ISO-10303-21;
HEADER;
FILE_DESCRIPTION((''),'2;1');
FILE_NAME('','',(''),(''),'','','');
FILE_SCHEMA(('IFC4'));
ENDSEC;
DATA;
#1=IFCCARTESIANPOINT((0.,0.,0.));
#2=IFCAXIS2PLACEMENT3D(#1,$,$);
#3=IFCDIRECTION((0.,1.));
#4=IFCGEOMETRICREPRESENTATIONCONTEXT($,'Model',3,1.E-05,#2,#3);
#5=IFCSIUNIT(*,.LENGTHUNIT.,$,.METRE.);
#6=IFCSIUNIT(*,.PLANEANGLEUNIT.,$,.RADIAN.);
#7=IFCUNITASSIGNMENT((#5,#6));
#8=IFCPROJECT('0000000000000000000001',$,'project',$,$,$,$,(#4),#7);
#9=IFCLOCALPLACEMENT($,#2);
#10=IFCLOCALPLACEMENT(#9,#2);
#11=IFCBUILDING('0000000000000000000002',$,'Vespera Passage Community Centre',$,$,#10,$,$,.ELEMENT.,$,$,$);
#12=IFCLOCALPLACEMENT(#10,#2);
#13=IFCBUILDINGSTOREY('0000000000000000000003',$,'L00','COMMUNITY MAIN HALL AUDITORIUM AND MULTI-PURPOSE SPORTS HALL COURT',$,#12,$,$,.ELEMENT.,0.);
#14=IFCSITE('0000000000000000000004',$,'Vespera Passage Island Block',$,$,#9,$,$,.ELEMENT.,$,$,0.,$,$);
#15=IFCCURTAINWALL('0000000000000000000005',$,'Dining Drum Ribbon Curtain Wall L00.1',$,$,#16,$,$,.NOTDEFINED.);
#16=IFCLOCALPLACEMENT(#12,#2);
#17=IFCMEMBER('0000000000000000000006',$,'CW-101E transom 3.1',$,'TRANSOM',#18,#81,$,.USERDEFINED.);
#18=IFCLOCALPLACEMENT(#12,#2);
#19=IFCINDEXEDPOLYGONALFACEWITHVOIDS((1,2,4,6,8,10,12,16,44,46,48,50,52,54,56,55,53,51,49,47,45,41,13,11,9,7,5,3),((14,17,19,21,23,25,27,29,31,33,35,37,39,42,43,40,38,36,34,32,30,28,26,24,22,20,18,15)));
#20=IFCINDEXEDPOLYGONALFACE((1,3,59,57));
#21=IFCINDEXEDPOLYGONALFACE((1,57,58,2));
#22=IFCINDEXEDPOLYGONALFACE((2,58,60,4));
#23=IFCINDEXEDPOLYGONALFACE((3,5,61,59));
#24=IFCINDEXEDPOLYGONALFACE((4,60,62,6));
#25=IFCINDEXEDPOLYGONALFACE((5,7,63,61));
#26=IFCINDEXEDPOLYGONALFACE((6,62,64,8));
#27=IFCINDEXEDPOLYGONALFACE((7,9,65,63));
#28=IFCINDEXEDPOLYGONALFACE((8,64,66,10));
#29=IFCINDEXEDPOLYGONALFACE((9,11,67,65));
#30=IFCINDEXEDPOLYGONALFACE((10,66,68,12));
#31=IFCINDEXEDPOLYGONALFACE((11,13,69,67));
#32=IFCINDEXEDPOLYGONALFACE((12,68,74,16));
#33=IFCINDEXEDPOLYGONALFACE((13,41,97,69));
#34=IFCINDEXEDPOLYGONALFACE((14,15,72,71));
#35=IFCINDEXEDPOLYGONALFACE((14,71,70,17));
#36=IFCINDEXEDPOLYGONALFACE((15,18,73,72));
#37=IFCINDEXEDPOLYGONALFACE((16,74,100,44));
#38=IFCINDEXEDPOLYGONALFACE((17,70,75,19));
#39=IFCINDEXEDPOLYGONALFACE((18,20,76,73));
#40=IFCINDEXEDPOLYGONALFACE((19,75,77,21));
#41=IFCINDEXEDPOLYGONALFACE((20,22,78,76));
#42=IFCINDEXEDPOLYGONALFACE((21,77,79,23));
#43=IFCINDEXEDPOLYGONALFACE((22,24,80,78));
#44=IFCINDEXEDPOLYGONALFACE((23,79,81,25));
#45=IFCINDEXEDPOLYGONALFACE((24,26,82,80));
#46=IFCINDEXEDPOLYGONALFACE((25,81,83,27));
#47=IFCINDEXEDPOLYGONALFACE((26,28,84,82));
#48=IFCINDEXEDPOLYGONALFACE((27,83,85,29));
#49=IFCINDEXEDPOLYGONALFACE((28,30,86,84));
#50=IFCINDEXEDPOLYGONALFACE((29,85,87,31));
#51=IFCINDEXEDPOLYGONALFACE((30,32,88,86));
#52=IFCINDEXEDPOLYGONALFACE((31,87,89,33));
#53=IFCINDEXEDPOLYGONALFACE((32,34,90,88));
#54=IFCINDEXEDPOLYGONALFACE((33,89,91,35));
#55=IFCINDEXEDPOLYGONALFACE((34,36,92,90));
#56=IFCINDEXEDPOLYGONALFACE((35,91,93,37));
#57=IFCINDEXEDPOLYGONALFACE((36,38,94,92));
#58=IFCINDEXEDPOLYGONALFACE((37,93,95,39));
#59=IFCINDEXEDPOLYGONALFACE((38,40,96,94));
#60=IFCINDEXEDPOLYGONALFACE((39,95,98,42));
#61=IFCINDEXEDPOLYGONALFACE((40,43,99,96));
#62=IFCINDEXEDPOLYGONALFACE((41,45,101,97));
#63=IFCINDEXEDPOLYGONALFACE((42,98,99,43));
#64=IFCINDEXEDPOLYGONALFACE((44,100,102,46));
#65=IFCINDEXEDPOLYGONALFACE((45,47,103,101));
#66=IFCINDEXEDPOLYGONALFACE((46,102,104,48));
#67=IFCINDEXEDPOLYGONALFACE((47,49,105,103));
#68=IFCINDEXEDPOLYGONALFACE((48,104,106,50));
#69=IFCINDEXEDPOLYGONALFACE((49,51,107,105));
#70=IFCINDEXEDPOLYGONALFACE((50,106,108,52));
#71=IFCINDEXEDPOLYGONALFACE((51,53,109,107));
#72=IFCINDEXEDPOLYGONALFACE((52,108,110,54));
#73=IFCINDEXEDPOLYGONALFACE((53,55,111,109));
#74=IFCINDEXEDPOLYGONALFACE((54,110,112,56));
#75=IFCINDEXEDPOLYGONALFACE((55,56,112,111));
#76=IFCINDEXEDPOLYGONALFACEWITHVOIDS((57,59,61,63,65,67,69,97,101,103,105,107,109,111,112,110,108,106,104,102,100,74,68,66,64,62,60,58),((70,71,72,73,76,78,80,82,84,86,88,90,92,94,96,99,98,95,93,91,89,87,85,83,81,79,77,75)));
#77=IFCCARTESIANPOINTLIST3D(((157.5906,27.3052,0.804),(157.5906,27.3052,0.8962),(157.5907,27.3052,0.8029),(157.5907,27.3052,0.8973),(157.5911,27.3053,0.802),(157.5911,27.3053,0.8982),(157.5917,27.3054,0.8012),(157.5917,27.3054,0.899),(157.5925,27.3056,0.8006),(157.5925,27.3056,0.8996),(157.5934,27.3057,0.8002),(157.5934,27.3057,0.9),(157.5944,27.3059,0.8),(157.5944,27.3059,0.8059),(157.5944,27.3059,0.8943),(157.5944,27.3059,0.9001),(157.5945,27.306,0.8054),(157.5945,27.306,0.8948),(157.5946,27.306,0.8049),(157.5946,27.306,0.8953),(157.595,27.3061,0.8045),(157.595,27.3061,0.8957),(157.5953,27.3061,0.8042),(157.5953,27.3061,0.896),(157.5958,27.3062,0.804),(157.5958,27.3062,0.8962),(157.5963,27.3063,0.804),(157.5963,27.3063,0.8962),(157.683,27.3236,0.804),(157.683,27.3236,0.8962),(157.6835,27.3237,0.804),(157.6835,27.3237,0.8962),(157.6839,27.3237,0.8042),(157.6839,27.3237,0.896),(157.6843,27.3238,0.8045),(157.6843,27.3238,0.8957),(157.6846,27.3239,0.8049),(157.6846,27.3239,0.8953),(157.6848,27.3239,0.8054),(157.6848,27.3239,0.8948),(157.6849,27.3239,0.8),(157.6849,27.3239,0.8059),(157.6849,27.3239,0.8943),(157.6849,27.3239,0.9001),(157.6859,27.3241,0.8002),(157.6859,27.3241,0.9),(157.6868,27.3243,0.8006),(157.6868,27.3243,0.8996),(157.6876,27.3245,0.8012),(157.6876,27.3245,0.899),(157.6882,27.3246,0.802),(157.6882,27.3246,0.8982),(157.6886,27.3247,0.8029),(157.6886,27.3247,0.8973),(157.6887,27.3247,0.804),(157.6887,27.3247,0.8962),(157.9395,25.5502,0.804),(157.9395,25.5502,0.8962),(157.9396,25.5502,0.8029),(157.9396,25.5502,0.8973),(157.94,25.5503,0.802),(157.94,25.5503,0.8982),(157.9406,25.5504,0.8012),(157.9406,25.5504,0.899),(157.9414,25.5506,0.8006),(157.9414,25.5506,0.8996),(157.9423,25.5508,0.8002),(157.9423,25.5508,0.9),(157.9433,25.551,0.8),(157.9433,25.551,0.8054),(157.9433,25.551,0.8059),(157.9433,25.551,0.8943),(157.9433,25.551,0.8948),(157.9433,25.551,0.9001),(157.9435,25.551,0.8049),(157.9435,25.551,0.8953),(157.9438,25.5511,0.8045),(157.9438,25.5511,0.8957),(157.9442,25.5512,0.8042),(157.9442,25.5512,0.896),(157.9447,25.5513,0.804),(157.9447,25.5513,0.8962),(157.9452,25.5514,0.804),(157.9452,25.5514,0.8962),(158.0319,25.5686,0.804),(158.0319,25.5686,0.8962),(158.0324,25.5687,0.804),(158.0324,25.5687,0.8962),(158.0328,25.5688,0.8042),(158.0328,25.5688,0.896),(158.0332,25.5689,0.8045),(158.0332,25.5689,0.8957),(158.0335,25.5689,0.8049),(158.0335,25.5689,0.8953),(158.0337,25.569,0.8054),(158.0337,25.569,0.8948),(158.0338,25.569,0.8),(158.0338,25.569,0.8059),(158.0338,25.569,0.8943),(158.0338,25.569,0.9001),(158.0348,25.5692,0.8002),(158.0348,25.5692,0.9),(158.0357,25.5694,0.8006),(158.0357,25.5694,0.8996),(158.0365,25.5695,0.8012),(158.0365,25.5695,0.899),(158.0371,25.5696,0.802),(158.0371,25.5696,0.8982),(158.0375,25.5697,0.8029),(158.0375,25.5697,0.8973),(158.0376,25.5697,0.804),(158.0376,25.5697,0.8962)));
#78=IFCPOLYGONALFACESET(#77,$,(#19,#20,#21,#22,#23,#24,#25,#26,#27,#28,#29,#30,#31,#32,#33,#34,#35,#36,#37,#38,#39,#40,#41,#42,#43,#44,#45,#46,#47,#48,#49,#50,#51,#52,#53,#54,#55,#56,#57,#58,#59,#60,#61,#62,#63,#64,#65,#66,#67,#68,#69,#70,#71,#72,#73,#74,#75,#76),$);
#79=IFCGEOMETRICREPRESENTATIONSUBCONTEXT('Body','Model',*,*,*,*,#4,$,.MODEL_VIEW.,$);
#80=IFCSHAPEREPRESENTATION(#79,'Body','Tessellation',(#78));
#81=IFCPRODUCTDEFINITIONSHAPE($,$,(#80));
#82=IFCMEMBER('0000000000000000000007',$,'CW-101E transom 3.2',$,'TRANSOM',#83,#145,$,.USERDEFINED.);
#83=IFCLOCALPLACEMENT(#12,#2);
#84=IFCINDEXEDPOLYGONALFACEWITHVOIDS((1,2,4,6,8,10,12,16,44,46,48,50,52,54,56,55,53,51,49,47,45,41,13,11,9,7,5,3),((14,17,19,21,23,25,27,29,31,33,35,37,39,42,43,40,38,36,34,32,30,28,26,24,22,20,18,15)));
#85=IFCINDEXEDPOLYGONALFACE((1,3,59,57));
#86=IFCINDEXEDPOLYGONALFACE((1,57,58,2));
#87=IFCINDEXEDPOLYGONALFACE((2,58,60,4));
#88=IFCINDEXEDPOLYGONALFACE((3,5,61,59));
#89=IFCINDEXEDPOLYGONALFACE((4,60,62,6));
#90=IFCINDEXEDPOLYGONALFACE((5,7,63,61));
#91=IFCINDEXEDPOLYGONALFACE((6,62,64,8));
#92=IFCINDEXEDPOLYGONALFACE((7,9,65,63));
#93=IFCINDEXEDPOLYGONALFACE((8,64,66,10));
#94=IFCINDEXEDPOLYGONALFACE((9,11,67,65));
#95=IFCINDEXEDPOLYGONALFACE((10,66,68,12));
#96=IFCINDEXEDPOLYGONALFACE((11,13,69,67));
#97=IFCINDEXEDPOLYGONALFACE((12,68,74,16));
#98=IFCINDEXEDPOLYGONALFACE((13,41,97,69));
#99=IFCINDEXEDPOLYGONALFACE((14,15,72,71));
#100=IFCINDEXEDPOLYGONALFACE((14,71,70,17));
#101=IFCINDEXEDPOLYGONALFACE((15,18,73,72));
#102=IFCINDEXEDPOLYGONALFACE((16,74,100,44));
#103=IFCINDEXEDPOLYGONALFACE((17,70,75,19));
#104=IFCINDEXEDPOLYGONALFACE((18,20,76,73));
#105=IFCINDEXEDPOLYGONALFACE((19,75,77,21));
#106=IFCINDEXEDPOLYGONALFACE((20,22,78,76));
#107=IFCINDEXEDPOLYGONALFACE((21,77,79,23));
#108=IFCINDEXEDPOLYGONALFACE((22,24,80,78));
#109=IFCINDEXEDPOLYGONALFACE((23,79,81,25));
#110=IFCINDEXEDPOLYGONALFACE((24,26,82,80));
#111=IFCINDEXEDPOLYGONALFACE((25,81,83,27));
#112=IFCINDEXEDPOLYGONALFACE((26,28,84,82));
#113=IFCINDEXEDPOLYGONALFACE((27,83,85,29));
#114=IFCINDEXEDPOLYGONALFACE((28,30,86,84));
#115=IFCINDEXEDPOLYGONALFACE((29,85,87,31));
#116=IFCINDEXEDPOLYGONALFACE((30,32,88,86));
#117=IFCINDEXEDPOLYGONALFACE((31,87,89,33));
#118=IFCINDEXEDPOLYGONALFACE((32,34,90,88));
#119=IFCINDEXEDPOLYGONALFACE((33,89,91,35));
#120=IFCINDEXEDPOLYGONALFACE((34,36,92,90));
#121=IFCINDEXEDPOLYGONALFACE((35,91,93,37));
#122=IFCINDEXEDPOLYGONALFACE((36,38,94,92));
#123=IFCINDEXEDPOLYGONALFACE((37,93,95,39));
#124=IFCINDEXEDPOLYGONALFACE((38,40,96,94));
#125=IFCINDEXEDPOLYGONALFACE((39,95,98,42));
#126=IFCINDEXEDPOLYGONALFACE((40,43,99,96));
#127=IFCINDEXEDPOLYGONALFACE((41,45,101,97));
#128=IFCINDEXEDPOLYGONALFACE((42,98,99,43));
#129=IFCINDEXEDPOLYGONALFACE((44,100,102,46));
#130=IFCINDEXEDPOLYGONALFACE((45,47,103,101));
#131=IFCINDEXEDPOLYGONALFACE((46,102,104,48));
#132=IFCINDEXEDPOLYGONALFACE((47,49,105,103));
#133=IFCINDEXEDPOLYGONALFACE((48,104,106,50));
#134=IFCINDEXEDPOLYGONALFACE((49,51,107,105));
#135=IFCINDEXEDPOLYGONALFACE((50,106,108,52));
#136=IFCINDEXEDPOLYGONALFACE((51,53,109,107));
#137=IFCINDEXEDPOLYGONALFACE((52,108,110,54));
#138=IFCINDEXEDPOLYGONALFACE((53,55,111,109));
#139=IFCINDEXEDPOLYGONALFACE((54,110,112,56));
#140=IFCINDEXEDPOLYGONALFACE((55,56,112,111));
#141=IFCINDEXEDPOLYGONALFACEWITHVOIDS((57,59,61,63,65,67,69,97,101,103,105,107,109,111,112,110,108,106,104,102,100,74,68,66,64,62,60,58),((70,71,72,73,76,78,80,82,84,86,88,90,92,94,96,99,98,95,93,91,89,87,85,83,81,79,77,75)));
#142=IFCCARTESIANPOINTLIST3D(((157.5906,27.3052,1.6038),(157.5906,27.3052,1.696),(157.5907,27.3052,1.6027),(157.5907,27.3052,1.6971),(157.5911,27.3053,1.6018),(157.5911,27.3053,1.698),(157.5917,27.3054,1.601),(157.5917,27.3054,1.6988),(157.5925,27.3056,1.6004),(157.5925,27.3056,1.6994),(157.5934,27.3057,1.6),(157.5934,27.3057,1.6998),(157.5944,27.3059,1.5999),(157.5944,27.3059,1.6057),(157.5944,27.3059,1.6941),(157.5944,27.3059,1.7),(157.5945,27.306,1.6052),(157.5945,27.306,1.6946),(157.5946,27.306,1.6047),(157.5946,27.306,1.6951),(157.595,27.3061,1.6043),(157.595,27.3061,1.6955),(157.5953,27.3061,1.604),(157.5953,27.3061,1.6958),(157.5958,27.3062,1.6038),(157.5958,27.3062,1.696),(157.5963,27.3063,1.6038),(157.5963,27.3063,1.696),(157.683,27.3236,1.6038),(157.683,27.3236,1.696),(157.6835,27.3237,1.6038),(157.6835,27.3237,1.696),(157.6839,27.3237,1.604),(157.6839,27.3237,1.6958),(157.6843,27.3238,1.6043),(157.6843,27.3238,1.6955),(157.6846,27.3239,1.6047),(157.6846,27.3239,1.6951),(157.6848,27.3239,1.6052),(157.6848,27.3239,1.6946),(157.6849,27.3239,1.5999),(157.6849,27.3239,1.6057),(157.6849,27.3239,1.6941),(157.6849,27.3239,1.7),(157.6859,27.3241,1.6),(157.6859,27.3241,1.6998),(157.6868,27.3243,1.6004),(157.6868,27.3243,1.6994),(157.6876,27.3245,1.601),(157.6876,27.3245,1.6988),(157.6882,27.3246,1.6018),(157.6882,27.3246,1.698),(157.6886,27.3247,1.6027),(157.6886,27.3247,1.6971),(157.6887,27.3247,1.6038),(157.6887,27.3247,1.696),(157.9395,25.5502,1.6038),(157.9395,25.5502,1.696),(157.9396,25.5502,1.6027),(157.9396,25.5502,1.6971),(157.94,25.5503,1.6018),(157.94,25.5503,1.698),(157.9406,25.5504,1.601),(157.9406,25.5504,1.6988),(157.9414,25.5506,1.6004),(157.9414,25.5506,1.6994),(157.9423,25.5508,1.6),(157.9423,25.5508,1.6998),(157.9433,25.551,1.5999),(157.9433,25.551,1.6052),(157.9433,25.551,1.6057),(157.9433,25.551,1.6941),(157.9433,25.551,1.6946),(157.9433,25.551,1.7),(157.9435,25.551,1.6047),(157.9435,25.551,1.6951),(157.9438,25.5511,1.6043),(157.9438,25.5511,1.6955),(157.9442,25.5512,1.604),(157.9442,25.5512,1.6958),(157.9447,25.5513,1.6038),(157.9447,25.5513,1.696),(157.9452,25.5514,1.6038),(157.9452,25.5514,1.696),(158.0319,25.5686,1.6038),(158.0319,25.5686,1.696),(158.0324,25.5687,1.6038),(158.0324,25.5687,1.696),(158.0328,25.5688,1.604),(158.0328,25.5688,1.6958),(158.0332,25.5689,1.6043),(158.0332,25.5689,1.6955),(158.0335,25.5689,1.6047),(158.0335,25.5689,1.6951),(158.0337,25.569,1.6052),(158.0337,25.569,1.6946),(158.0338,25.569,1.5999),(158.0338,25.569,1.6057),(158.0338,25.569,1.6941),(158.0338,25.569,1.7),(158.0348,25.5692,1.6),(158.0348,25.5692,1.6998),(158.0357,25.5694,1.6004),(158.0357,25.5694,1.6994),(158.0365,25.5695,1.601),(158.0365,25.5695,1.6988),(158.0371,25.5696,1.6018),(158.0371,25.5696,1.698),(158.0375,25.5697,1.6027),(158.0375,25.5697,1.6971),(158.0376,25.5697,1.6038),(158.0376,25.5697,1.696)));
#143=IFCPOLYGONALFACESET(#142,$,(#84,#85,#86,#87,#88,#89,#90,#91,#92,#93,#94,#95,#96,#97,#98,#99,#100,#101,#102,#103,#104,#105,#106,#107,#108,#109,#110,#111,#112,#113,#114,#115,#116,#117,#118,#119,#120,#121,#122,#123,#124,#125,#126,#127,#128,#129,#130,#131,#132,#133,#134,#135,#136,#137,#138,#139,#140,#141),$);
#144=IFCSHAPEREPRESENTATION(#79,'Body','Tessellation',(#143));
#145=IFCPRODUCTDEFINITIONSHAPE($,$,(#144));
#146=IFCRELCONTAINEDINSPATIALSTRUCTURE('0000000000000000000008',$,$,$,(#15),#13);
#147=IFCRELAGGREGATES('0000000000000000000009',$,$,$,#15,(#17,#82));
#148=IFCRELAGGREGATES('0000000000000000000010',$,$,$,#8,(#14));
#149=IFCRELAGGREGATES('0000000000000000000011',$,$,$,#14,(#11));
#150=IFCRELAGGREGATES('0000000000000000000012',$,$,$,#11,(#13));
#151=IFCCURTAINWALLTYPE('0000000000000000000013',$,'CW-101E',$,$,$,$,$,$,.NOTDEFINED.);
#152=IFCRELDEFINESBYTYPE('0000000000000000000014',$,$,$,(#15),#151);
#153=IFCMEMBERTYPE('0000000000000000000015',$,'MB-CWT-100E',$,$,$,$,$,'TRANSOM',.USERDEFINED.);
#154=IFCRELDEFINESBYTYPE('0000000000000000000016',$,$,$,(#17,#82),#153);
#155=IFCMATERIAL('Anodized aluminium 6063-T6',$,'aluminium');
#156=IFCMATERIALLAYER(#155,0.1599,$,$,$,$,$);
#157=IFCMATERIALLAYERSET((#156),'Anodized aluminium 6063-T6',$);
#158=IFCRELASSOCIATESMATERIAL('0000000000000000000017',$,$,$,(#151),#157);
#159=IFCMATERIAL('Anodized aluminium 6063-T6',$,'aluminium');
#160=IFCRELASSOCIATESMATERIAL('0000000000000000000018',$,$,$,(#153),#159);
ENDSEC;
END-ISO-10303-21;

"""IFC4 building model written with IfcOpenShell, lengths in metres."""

from ifc_helpers import new_model, si_unit, direction, frame, origin, origin_2d, place, context, subcontext, project, spatial, hollow_rectangle, extrude, material, layer, layer_set, material_profile, profile_set, type_object, element, aggregate, save


model = new_model("IFC4")

# Units and contexts
model_context = context("Model", 3, precision=1e-05, world=origin(), true_north=direction((0.0, 1.0)))
body_context = subcontext(model_context, "Body", "Model", "MODEL_VIEW")
ifc_project = project(units=[si_unit("LENGTHUNIT", "METRE"), si_unit("PLANEANGLEUNIT", "RADIAN")], contexts=[model_context])

# Site, building, storey
site_placement = place(None, origin())
site = spatial("IfcSite", under=ifc_project, at=site_placement, Name="Vespera Passage Island Block", CompositionType="ELEMENT", RefElevation=0.0)
building_placement = place(site_placement, origin())
building = spatial("IfcBuilding", under=site, at=building_placement, Name="Vespera Passage Community Centre", CompositionType="ELEMENT")
storey_placement = place(building_placement, origin())
storey = spatial("IfcBuildingStorey", under=building, at=storey_placement, Name="L00", Description="COMMUNITY MAIN HALL AUDITORIUM AND MULTI-PURPOSE SPORTS HALL COURT", CompositionType="ELEMENT", Elevation=0.0)

# Curtain wall
ifc_material_1 = material(Name="Anodized aluminium 6063-T6", Category="aluminium")
ifc_layer_1 = layer(ifc_material_1, 0.1599)
ifc_layer_set_1 = layer_set([ifc_layer_1], Name="Anodized aluminium 6063-T6")
curtain_wall_type_1 = type_object("IfcCurtainWallType", Name="CW-101E", PredefinedType="NOTDEFINED", material=ifc_layer_set_1)
curtain_wall_1_placement = place(storey_placement, origin())
curtain_wall_1 = element("IfcCurtainWall", 1, at=curtain_wall_1_placement, inside=storey, type_object=curtain_wall_type_1, Name="Dining Drum Ribbon Curtain Wall L00.1", PredefinedType="NOTDEFINED")

# Members
ifc_material_2 = material(Name="Anodized aluminium 6063-T6", Category="aluminium")
ifc_material_profile_1 = material_profile(ifc_material_2, hollow_rectangle(XDim=0.1001, YDim=0.1001, WallThickness=0.0039, InnerFilletRadius=0.002, OuterFilletRadius=0.0039, at=origin_2d()), Name="ALU100X100X4")
ifc_profile_set_1 = profile_set([ifc_material_profile_1], Name="Anodized aluminium 6063-T6")
member_type_1 = type_object("IfcMemberType", Name="MB-CWT-100E", ElementType="TRANSOM", PredefinedType="USERDEFINED", material=ifc_profile_set_1)
member_1_placement = place(storey_placement, frame((157.6396, 27.3149, 0.8501), z_axis=(0.194988, -0.980806, 0.0), x_axis=(0.980806, 0.194988, 0.0)))
member_1 = element("IfcMember", 2, at=member_1_placement, type_object=member_type_1, Name="CW-101E transom 3.1", ObjectType="TRANSOM", PredefinedType="USERDEFINED", context=body_context, shape_type="SweptSolid", body=[
    extrude(hollow_rectangle(XDim=0.1001, YDim=0.1001, WallThickness=0.0039, InnerFilletRadius=0.002, OuterFilletRadius=0.0039, at=origin_2d()), origin(), (0.0, 0.0, 1.0), 1.7893),
])
member_2_placement = place(storey_placement, frame((157.6396, 27.3149, 1.6499), z_axis=(0.194988, -0.980806, 0.0), x_axis=(0.980806, 0.194988, 0.0)))
member_2 = element("IfcMember", 3, at=member_2_placement, type_object=member_type_1, Name="CW-101E transom 3.2", ObjectType="TRANSOM", PredefinedType="USERDEFINED", context=body_context, shape_type="SweptSolid", body=[
    extrude(hollow_rectangle(XDim=0.1001, YDim=0.1001, WallThickness=0.0039, InnerFilletRadius=0.002, OuterFilletRadius=0.0039, at=origin_2d()), origin(), (0.0, 0.0, 1.0), 1.7893),
])

aggregate(curtain_wall_1, [member_1, member_2])

save(model, "model.ifc")
